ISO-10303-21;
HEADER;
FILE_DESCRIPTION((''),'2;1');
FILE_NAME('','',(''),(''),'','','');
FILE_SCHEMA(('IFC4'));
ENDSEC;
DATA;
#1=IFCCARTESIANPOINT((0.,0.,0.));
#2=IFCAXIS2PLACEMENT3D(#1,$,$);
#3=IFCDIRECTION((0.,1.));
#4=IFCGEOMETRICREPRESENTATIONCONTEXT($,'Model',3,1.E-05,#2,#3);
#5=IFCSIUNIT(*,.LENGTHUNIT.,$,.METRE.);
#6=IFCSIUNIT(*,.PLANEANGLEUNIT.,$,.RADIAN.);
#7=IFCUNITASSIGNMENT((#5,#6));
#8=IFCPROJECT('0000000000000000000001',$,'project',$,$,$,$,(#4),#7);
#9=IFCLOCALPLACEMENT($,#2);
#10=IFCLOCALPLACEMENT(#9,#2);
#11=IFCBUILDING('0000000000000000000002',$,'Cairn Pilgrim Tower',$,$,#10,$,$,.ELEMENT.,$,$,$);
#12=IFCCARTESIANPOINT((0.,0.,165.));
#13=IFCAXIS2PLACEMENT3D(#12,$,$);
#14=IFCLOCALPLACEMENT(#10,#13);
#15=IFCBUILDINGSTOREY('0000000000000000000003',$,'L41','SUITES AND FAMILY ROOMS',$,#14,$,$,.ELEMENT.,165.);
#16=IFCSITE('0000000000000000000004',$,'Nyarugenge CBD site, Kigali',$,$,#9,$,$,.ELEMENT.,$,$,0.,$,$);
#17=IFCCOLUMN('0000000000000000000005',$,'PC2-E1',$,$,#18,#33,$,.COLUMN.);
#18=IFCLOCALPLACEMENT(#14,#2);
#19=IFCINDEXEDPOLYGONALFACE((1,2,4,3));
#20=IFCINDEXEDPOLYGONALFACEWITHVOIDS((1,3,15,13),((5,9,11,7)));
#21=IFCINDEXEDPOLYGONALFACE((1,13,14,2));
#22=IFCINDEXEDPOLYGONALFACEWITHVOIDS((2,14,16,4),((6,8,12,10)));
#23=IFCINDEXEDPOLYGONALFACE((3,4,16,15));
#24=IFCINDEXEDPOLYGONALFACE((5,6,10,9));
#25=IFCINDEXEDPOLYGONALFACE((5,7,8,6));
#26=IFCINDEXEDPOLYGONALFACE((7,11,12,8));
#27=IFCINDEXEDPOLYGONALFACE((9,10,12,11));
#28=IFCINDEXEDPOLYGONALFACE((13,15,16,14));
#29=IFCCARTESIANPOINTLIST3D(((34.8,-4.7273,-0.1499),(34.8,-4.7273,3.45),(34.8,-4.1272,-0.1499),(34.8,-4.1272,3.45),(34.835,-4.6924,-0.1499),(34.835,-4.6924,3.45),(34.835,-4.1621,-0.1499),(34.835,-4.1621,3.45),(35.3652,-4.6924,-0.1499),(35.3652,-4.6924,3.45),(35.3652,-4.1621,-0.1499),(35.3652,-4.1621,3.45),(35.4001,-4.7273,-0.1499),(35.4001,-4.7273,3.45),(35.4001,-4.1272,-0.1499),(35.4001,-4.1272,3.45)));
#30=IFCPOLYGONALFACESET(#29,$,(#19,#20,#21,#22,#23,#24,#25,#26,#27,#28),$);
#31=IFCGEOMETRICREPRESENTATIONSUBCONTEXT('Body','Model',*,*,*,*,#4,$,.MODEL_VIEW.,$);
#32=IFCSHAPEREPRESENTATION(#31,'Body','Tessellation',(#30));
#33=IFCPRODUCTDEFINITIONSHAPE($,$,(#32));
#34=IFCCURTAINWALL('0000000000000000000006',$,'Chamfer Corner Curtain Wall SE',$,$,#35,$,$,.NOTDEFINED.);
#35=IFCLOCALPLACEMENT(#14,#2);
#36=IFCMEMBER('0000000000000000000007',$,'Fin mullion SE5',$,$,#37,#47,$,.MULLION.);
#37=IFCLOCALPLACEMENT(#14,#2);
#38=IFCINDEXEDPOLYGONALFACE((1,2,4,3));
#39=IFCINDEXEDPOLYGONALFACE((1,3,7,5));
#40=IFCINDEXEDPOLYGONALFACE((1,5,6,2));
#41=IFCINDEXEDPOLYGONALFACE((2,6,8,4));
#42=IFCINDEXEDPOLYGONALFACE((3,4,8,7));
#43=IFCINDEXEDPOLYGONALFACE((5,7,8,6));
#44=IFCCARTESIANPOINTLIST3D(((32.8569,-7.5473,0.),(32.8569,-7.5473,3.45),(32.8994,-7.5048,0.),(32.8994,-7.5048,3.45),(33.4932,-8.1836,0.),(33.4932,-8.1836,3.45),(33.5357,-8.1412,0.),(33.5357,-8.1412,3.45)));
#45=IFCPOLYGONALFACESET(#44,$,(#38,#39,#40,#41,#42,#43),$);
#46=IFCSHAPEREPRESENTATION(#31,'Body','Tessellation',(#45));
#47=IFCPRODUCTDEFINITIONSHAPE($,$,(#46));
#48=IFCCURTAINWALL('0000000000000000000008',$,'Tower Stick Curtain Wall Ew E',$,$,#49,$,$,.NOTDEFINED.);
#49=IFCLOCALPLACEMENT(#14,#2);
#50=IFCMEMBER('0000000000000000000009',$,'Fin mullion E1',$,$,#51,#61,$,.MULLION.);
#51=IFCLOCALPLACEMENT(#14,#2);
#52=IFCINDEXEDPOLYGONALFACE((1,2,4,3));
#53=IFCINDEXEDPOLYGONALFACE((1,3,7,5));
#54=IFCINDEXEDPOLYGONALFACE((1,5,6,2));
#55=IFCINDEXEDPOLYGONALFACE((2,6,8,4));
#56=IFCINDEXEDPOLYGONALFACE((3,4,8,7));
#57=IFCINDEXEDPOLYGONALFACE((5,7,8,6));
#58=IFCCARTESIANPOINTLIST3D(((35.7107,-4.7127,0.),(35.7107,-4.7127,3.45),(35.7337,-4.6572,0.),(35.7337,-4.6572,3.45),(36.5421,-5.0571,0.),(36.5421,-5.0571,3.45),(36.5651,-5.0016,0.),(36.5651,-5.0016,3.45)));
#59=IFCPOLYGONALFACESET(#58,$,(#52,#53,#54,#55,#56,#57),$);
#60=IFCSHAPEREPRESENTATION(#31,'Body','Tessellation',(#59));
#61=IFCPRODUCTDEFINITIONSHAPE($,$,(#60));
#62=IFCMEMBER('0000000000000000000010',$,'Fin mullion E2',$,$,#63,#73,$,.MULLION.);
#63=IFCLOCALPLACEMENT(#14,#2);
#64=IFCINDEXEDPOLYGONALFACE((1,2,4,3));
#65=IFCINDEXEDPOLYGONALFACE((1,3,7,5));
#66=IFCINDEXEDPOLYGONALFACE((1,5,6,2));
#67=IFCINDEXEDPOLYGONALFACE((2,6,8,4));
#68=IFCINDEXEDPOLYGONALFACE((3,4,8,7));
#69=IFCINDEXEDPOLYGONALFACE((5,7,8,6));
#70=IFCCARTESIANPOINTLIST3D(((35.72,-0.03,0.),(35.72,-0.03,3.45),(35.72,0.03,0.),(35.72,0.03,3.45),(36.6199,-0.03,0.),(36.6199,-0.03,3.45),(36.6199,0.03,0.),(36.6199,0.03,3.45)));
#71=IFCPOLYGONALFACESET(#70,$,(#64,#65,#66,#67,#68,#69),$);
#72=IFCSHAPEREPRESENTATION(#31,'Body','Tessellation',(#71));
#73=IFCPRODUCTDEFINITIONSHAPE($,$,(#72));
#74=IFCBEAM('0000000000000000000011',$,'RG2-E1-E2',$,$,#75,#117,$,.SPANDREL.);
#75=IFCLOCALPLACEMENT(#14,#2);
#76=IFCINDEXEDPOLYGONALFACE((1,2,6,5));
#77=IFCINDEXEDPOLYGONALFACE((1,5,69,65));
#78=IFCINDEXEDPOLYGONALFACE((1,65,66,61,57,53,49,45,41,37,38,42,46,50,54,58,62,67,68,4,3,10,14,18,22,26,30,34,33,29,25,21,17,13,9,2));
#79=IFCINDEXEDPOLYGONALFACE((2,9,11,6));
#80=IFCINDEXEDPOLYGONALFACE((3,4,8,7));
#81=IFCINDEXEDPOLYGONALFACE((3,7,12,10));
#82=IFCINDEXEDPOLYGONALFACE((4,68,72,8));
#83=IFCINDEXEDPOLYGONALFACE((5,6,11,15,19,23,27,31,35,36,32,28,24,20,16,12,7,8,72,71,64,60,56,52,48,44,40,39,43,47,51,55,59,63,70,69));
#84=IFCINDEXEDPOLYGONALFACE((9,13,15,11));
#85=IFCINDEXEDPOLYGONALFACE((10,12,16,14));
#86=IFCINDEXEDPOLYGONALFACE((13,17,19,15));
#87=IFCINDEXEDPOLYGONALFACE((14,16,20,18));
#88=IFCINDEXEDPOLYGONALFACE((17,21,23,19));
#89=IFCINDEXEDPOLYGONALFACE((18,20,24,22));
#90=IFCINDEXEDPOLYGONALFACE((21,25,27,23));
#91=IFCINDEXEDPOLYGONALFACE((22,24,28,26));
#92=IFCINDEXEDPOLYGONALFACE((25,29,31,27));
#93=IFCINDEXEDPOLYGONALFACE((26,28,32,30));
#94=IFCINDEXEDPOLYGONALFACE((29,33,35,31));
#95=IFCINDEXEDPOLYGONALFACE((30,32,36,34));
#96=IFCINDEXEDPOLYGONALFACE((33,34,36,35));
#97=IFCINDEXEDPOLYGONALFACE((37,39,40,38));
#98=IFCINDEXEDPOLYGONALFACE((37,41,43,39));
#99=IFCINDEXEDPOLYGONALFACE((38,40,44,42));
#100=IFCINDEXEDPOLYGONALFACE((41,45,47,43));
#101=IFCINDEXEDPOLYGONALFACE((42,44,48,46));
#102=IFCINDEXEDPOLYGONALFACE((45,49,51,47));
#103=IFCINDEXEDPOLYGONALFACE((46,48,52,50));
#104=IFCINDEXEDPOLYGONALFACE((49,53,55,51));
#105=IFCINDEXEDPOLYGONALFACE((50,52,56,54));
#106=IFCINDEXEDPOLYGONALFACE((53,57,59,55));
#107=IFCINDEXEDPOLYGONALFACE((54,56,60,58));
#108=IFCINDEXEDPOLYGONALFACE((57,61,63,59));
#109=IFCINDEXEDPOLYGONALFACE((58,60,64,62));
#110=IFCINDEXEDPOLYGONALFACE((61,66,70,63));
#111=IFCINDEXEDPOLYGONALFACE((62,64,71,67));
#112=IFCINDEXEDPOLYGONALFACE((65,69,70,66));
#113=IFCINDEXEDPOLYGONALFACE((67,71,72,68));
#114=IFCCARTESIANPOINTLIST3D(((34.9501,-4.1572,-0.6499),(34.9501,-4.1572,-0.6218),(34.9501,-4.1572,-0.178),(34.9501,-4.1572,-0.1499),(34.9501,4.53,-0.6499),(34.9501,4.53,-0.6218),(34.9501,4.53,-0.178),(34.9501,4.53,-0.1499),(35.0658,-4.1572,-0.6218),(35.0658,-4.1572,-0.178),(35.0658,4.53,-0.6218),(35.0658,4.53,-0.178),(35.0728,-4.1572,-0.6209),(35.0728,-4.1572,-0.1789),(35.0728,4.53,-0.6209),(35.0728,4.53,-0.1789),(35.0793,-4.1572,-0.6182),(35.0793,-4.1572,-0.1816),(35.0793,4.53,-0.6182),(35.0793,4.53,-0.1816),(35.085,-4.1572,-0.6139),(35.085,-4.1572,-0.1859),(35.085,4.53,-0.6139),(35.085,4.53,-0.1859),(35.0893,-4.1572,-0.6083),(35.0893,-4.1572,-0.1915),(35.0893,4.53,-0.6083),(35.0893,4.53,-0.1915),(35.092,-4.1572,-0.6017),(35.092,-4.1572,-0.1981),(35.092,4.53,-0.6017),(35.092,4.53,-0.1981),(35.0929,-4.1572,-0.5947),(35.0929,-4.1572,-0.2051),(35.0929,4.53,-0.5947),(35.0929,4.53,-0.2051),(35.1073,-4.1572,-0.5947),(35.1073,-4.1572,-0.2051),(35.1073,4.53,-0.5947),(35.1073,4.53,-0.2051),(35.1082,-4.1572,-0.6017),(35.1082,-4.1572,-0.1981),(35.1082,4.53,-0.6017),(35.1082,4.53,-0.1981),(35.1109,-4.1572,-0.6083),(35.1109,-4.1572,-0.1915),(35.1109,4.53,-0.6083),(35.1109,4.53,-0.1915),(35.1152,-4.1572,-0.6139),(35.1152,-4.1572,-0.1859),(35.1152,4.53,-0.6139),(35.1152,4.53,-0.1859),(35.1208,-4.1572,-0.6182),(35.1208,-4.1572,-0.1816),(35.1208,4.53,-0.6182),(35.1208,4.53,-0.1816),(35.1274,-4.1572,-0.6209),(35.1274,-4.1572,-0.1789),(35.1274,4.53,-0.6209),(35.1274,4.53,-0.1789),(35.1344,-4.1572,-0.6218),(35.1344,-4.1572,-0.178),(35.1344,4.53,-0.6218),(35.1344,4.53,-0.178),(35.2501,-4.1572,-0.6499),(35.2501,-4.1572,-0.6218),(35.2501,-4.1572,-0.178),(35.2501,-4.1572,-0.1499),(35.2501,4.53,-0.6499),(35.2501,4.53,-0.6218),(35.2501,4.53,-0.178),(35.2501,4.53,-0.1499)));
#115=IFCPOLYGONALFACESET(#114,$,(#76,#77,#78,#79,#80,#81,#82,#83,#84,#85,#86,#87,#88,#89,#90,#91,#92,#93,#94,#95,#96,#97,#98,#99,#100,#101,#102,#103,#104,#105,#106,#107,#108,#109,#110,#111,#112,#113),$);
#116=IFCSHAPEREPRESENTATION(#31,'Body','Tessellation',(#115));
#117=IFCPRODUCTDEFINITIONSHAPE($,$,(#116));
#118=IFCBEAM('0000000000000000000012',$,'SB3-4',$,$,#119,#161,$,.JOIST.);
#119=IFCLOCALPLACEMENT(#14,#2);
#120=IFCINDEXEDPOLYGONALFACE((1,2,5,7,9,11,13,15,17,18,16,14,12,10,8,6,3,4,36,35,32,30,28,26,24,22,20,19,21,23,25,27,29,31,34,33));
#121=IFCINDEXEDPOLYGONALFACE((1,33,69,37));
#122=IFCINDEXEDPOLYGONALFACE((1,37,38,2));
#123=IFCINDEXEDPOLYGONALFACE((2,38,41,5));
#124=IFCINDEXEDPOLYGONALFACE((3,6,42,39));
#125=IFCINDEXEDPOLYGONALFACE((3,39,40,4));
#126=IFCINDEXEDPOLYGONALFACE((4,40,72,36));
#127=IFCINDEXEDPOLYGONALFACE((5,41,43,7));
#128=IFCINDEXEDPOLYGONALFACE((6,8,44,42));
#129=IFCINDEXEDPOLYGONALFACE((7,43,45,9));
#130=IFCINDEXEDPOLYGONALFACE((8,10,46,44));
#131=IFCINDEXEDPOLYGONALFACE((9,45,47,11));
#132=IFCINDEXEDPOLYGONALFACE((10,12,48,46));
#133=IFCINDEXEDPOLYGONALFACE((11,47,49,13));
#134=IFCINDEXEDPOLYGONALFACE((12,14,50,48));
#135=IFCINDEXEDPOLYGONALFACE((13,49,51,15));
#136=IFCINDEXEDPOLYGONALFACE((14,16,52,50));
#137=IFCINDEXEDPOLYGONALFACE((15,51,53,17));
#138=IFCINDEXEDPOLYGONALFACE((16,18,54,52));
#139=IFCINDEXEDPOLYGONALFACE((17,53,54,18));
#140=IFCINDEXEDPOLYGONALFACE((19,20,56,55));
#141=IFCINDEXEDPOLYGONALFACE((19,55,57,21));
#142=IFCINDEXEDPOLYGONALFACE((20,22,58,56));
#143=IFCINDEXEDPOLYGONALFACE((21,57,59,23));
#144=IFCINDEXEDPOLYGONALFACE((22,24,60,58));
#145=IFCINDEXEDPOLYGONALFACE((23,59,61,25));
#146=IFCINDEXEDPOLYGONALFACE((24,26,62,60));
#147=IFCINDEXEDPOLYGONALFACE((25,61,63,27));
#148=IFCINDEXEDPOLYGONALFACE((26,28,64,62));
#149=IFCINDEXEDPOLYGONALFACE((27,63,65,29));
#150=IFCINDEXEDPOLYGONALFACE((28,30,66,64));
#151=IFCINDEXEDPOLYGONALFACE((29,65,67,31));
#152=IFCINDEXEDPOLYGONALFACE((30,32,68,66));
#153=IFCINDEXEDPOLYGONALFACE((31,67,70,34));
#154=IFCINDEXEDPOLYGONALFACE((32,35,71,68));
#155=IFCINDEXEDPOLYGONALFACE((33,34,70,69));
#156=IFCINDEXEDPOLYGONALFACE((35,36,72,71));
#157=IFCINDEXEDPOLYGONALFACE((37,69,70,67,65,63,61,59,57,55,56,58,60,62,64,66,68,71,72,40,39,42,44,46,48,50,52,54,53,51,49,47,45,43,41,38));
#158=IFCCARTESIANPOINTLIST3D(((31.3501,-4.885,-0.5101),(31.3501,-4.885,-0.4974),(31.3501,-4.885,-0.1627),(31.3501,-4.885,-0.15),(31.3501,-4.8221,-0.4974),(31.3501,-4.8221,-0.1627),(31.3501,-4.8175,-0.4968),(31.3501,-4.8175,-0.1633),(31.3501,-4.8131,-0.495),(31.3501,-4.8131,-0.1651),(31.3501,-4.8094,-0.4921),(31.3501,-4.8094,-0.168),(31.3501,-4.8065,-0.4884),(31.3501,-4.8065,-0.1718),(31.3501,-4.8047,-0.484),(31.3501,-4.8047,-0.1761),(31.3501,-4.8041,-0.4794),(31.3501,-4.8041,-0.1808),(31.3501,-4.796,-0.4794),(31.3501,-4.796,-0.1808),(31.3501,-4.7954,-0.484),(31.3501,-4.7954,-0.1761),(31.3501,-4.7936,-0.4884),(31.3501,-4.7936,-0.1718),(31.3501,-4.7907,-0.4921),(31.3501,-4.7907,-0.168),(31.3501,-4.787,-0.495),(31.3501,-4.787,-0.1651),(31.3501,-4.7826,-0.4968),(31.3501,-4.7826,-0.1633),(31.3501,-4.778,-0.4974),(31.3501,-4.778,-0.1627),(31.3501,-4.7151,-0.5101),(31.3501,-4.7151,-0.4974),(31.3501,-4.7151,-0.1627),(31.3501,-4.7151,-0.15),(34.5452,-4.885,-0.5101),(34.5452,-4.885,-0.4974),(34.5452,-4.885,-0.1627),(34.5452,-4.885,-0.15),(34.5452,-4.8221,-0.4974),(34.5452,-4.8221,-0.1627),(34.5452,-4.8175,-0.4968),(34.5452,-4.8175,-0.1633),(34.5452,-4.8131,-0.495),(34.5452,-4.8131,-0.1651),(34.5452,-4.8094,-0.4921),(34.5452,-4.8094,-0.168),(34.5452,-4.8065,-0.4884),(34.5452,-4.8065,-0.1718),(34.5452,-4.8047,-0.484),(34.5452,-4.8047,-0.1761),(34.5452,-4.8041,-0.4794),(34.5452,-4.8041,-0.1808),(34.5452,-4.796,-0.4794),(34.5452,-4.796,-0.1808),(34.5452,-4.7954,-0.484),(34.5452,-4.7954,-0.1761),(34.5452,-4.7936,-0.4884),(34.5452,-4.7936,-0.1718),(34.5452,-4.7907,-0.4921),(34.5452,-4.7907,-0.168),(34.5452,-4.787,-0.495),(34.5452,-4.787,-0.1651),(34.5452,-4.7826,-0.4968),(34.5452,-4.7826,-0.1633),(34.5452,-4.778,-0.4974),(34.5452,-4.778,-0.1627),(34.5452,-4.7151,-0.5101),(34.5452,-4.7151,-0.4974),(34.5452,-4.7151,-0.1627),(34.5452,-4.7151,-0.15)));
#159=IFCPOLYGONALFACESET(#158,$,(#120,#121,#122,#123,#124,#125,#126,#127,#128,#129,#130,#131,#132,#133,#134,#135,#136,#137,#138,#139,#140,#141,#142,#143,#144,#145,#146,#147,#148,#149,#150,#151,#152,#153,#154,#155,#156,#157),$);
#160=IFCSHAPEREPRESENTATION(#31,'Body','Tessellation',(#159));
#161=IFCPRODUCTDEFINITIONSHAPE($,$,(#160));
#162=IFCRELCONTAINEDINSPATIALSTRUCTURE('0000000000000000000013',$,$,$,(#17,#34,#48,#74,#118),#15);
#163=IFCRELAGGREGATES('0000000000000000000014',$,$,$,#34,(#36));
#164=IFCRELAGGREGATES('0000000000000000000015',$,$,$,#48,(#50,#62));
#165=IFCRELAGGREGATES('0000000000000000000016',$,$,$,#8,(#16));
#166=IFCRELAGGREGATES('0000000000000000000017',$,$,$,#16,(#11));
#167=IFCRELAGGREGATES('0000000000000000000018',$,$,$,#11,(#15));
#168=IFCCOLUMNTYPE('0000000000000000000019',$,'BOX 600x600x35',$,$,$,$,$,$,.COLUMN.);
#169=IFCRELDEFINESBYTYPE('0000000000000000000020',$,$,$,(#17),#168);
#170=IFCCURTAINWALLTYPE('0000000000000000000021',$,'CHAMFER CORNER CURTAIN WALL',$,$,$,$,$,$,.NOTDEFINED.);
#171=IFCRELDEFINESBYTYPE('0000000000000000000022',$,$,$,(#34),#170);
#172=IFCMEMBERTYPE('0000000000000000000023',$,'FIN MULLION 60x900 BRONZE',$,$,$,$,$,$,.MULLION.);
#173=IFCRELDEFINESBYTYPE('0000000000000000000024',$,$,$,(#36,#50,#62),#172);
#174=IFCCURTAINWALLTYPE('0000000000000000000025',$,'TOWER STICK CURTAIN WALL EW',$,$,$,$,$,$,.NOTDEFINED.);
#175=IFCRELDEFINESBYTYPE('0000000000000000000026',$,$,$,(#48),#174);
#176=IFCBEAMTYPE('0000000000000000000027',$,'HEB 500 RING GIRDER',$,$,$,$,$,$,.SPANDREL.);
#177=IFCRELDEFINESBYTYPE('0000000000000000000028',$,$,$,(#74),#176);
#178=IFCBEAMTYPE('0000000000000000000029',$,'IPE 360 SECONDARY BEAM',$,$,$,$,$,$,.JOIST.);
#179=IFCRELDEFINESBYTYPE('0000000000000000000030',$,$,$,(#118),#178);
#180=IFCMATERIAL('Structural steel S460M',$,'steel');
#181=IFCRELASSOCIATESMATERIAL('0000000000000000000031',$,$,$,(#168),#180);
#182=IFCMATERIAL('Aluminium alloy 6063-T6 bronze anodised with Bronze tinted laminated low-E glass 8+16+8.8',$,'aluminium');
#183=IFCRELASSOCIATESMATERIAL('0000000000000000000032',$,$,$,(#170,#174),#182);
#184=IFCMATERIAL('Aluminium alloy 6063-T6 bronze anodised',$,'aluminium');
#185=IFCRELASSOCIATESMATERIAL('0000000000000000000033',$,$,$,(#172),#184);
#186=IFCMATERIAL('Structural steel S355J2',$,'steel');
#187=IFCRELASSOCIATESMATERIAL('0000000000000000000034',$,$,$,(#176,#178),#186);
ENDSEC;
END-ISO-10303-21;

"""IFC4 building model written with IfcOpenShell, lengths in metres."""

from ifc_helpers import new_model, si_unit, direction, frame, origin, origin_2d, place, context, subcontext, project, spatial, rectangle, hollow_rectangle, i_section, extrude, material, material_profile, profile_set, type_object, element, aggregate, save


model = new_model("IFC4")

# Units and contexts
model_context = context("Model", 3, precision=1e-05, world=origin(), true_north=direction((0.0, 1.0)))
body_context = subcontext(model_context, "Body", "Model", "MODEL_VIEW")
ifc_project = project(units=[si_unit("LENGTHUNIT", "METRE"), si_unit("PLANEANGLEUNIT", "RADIAN")], contexts=[model_context])

# Site, building, storey
site_placement = place(None, origin())
site = spatial("IfcSite", under=ifc_project, at=site_placement, Name="Nyarugenge CBD site, Kigali", CompositionType="ELEMENT", RefElevation=0.0)
building_placement = place(site_placement, origin())
building = spatial("IfcBuilding", under=site, at=building_placement, Name="Cairn Pilgrim Tower", CompositionType="ELEMENT")
storey_placement = place(building_placement, frame((0.0, 0.0, 165.0)))
storey = spatial("IfcBuildingStorey", under=building, at=storey_placement, Name="L41", Description="SUITES AND FAMILY ROOMS", CompositionType="ELEMENT", Elevation=165.0)

# Column
ifc_material_1 = material(Name="Structural steel S460M", Category="steel")
ifc_material_profile_1 = material_profile(ifc_material_1, hollow_rectangle(XDim=0.6001, YDim=0.6001, WallThickness=0.0349, at=origin_2d()), Name="BOX 600x600x35")
ifc_profile_set_1 = profile_set([ifc_material_profile_1], Name="Structural steel S460M")
column_type = type_object("IfcColumnType", Name="BOX 600x600x35", PredefinedType="COLUMN", material=ifc_profile_set_1)
column_placement = place(storey_placement, frame((35.1001, -4.4272, -0.1499), z_axis=(0.0, 0.0, 1.0), x_axis=(1.0, 0.0, 0.0)))
element("IfcColumn", 1, at=column_placement, inside=storey, type_object=column_type, Name="PC2-E1", PredefinedType="COLUMN", context=body_context, shape_type="SweptSolid", body=[
    extrude(hollow_rectangle(XDim=0.6001, YDim=0.6001, WallThickness=0.0349, at=origin_2d()), origin(), (0.0, 0.0, 1.0), 3.5999),
])

# Curtain wall, member
ifc_material_2 = material(Name="Aluminium alloy 6063-T6 bronze anodised with Bronze tinted laminated low-E glass 8+16+8.8", Category="aluminium")
curtain_wall_type_1 = type_object("IfcCurtainWallType", Name="CHAMFER CORNER CURTAIN WALL", PredefinedType="NOTDEFINED", material=ifc_material_2)
curtain_wall_1_placement = place(storey_placement, origin())
curtain_wall_1 = element("IfcCurtainWall", 2, at=curtain_wall_1_placement, inside=storey, type_object=curtain_wall_type_1, Name="Chamfer Corner Curtain Wall SE", PredefinedType="NOTDEFINED")
ifc_material_3 = material(Name="Aluminium alloy 6063-T6 bronze anodised", Category="aluminium")
ifc_material_profile_2 = material_profile(ifc_material_3, rectangle(XDim=0.8999, YDim=0.0601, at=origin_2d()), Name="FIN MULLION 60x900 BRONZE")
ifc_profile_set_2 = profile_set([ifc_material_profile_2], Name="Aluminium alloy 6063-T6 bronze anodised")
member_type_1 = type_object("IfcMemberType", Name="FIN MULLION 60x900 BRONZE", PredefinedType="MULLION", material=ifc_profile_set_2)
member_1_placement = place(storey_placement, frame((33.1963, -7.8442, 0.0), z_axis=(0.0, 0.0, 1.0), x_axis=(0.707107, -0.707107, 0.0)))
member_1 = element("IfcMember", 3, at=member_1_placement, type_object=member_type_1, Name="Fin mullion SE5", PredefinedType="MULLION", context=body_context, shape_type="SweptSolid", body=[
    extrude(rectangle(XDim=0.8999, YDim=0.0601, at=origin_2d()), origin(), (0.0, 0.0, 1.0), 3.45),
])
aggregate(curtain_wall_1, [member_1])

# Curtain wall, members
curtain_wall_type_2 = type_object("IfcCurtainWallType", Name="TOWER STICK CURTAIN WALL EW", PredefinedType="NOTDEFINED", material=ifc_material_2)
curtain_wall_2_placement = place(storey_placement, origin())
curtain_wall_2 = element("IfcCurtainWall", 4, at=curtain_wall_2_placement, inside=storey, type_object=curtain_wall_type_2, Name="Tower Stick Curtain Wall Ew E", PredefinedType="NOTDEFINED")
member_2_placement = place(storey_placement, frame((36.1379, -4.8572, 0.0), z_axis=(0.0, 0.0, 1.0), x_axis=(0.92388, -0.382683, 0.0)))
member_2 = element("IfcMember", 5, at=member_2_placement, type_object=member_type_1, Name="Fin mullion E1", PredefinedType="MULLION", context=body_context, shape_type="SweptSolid", body=[
    extrude(rectangle(XDim=0.8999, YDim=0.0601, at=origin_2d()), origin(), (0.0, 0.0, 1.0), 3.45),
])
member_3_placement = place(storey_placement, frame((36.1699, 0.0, 0.0), z_axis=(0.0, 0.0, 1.0), x_axis=(1.0, 0.0, 0.0)))
member_3 = element("IfcMember", 6, at=member_3_placement, type_object=member_type_1, Name="Fin mullion E2", PredefinedType="MULLION", context=body_context, shape_type="SweptSolid", body=[
    extrude(rectangle(XDim=0.8999, YDim=0.0601, at=origin_2d()), origin(), (0.0, 0.0, 1.0), 3.45),
])

# Beams
ifc_material_4 = material(Name="Structural steel S355J2", Category="steel")
ifc_material_profile_3 = material_profile(ifc_material_4, i_section(OverallWidth=0.3, OverallDepth=0.5, WebThickness=0.0144, FlangeThickness=0.0281, FilletRadius=0.0271, at=origin_2d()), Name="HEB 500")
ifc_profile_set_3 = profile_set([ifc_material_profile_3], Name="Structural steel S355J2")
beam_type_1 = type_object("IfcBeamType", Name="HEB 500 RING GIRDER", PredefinedType="SPANDREL", material=ifc_profile_set_3)
beam_1_placement = place(storey_placement, frame((35.1001, -4.1572, -0.3999), z_axis=(0.0, 1.0, 0.0), x_axis=(-1.0, 0.0, 0.0)))
element("IfcBeam", 7, at=beam_1_placement, inside=storey, type_object=beam_type_1, Name="RG2-E1-E2", PredefinedType="SPANDREL", context=body_context, shape_type="SweptSolid", body=[
    extrude(i_section(OverallWidth=0.3, OverallDepth=0.5, WebThickness=0.0144, FlangeThickness=0.0281, FilletRadius=0.0271, at=origin_2d()), origin(), (0.0, 0.0, 1.0), 8.6873),
])
ifc_material_profile_4 = material_profile(ifc_material_4, i_section(OverallWidth=0.1699, OverallDepth=0.3601, WebThickness=0.0081, FlangeThickness=0.0127, FilletRadius=0.0181, at=origin_2d()), Name="IPE 360")
ifc_profile_set_4 = profile_set([ifc_material_profile_4], Name="Structural steel S355J2")
beam_type_2 = type_object("IfcBeamType", Name="IPE 360 SECONDARY BEAM", PredefinedType="JOIST", material=ifc_profile_set_4)
beam_2_placement = place(storey_placement, frame((31.3501, -4.8, -0.3301), z_axis=(1.0, 0.0, 0.0), x_axis=(0.0, 1.0, 0.0)))
element("IfcBeam", 8, at=beam_2_placement, inside=storey, type_object=beam_type_2, Name="SB3-4", PredefinedType="JOIST", context=body_context, shape_type="SweptSolid", body=[
    extrude(i_section(OverallWidth=0.1699, OverallDepth=0.3601, WebThickness=0.0081, FlangeThickness=0.0127, FilletRadius=0.0181, at=origin_2d()), origin(), (0.0, 0.0, 1.0), 3.1951),
])

aggregate(curtain_wall_2, [member_2, member_3])

save(model, "model.ifc")
